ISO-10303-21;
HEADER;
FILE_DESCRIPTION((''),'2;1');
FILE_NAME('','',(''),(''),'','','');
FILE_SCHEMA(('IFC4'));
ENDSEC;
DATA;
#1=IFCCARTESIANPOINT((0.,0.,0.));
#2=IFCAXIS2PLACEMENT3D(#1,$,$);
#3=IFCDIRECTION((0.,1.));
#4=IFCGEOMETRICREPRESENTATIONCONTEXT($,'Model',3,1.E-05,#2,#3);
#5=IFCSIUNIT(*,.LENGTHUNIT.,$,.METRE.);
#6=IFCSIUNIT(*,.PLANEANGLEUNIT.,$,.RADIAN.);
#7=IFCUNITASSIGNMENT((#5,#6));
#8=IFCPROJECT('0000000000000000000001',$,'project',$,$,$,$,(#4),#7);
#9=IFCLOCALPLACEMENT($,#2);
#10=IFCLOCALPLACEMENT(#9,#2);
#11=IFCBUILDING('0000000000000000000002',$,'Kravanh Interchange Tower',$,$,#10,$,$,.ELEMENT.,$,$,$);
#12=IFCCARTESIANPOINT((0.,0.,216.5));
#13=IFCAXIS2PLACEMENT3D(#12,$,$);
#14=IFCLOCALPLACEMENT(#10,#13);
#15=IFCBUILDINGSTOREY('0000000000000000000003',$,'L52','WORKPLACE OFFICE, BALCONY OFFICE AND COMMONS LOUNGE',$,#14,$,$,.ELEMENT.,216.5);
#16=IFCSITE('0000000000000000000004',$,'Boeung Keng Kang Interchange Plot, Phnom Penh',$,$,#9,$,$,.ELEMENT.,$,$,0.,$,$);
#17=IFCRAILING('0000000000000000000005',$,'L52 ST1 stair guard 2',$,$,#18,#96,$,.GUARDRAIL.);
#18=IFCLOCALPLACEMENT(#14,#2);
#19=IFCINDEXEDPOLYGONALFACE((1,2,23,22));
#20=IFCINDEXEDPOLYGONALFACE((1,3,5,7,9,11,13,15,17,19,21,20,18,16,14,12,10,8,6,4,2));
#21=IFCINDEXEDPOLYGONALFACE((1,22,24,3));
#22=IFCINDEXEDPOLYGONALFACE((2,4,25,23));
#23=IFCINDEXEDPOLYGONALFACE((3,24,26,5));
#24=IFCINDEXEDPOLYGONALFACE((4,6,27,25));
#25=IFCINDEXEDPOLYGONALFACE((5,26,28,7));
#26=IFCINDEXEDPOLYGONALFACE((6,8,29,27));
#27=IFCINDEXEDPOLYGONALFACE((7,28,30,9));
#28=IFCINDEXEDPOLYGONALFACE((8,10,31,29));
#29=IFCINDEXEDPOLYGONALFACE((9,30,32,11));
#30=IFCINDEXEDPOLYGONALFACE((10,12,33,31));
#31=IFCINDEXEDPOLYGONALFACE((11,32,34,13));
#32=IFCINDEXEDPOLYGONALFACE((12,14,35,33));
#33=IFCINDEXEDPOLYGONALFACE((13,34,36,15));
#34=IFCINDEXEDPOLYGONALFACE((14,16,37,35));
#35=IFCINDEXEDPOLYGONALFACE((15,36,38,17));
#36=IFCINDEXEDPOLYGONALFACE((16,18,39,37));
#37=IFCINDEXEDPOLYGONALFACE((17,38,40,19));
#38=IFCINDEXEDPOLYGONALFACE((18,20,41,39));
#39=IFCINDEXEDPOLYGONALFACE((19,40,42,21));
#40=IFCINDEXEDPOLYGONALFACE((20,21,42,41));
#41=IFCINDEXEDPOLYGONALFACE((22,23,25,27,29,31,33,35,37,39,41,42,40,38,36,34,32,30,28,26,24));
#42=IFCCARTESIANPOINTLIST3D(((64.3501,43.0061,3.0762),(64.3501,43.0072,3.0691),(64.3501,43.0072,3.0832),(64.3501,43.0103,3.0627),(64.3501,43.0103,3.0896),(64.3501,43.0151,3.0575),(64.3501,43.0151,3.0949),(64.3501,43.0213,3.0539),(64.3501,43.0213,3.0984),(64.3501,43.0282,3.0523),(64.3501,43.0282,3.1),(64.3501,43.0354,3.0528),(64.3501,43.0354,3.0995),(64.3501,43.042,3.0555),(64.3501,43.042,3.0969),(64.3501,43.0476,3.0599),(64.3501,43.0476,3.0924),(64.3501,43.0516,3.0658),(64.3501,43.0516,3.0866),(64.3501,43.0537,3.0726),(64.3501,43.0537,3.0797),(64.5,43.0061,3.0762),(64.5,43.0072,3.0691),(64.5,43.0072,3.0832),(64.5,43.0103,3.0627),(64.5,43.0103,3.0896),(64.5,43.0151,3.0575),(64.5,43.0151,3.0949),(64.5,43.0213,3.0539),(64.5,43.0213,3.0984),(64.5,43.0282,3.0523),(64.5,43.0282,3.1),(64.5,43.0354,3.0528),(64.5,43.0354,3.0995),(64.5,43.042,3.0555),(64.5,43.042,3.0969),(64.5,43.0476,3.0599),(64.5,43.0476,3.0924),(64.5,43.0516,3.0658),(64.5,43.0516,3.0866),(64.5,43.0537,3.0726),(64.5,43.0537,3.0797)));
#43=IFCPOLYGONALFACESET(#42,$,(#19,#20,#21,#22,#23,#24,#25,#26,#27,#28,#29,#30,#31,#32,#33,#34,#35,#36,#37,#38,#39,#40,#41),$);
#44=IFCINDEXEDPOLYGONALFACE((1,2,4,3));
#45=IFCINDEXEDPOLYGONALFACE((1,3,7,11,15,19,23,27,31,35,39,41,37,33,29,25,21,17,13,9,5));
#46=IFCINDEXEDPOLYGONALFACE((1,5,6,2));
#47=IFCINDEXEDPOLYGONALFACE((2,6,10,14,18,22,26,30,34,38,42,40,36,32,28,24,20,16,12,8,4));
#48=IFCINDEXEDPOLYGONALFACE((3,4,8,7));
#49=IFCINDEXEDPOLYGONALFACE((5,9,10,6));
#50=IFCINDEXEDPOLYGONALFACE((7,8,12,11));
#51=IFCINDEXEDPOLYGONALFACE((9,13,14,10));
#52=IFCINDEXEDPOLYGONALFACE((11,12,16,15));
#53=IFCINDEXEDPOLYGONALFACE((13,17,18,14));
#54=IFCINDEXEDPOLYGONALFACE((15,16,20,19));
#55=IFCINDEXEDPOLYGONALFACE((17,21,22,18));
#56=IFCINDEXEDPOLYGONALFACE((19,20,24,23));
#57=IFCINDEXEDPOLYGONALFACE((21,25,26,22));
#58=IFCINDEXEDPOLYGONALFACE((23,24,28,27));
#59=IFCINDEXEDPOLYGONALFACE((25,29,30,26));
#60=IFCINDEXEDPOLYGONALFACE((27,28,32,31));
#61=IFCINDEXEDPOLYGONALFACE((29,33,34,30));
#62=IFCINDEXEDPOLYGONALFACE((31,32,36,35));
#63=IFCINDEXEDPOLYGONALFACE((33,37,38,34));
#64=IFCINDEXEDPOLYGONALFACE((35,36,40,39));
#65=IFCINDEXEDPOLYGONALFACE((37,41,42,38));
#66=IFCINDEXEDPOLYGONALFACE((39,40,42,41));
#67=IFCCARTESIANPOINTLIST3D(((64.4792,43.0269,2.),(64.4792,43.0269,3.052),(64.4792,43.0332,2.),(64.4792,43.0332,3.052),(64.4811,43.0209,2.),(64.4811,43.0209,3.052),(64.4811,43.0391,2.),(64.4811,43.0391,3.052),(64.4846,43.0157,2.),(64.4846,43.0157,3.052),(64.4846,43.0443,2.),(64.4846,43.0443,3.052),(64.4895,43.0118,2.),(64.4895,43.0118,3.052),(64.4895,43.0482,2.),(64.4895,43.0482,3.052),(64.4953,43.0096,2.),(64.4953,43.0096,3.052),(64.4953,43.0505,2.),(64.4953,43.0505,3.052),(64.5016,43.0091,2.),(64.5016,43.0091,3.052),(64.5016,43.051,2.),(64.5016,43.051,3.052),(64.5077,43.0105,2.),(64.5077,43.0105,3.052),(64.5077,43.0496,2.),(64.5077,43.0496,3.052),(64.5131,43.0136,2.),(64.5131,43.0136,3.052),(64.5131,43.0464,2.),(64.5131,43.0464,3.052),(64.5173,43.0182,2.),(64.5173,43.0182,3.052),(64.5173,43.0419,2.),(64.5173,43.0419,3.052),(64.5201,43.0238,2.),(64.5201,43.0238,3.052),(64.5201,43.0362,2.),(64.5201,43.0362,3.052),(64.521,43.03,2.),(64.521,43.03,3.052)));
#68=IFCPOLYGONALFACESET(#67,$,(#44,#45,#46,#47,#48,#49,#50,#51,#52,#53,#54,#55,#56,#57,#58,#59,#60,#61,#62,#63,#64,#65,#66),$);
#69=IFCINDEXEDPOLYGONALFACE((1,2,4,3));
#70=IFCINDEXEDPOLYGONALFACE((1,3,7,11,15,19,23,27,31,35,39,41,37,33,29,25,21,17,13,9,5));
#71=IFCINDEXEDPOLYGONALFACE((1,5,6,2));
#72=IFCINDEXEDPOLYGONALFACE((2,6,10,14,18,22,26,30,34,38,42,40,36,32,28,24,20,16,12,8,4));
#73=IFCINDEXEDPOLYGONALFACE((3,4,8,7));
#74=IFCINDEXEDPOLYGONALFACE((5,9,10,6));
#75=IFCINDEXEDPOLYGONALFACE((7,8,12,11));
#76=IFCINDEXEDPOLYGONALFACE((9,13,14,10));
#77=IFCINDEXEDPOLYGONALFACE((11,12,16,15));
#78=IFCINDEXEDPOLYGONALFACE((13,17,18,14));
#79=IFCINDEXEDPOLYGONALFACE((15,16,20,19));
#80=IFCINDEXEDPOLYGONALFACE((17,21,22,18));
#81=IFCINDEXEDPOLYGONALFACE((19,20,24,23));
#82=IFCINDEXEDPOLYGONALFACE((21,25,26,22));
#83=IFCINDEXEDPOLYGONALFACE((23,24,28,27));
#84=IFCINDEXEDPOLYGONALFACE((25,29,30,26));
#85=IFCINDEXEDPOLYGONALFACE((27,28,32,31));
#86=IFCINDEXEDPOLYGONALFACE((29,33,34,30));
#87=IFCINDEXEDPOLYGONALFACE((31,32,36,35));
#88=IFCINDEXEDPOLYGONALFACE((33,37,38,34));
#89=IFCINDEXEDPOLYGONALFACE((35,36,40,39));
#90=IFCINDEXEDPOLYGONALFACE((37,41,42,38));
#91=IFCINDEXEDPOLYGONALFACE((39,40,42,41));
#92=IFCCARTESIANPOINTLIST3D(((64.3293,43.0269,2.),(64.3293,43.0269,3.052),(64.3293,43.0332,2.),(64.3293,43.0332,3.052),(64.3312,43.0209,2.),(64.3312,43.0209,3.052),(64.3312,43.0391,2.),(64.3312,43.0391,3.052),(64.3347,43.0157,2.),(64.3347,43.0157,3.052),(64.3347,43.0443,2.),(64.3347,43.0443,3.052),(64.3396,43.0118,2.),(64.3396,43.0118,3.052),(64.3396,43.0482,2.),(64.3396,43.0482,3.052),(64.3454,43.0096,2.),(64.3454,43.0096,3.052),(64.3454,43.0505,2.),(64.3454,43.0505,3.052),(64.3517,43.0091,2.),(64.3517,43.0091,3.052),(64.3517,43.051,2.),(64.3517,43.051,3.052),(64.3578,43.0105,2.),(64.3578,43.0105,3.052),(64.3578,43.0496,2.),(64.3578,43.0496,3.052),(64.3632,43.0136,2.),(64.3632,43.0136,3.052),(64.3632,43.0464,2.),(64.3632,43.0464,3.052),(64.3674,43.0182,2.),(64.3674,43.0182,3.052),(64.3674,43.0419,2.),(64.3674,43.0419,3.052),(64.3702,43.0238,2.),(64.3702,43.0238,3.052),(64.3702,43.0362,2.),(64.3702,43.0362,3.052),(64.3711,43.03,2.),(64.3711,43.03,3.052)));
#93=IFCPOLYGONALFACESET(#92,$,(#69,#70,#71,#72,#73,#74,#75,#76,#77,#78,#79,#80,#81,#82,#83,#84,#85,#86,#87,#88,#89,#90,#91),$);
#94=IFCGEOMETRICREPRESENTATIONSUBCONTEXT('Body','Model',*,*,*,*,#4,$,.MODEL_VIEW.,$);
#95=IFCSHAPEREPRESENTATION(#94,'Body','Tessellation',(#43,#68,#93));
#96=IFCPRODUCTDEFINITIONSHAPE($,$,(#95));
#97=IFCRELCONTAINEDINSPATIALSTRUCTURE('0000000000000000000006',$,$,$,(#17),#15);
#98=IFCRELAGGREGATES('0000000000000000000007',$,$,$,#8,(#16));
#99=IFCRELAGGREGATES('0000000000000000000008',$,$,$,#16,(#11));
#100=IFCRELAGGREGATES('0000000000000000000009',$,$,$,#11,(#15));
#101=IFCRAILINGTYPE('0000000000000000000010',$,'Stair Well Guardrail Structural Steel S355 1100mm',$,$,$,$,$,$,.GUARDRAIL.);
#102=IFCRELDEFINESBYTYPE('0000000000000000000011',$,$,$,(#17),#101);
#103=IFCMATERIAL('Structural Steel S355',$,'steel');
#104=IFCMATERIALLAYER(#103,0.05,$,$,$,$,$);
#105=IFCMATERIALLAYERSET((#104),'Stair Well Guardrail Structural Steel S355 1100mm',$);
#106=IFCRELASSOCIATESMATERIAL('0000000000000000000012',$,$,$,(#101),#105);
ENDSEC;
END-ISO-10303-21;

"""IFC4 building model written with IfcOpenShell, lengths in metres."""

from ifc_helpers import new_model, si_unit, direction, frame, origin, origin_2d, place, context, subcontext, project, spatial, circle, extrude, material, layer, layer_set, type_object, element, save


model = new_model("IFC4")

# Units and contexts
model_context = context("Model", 3, precision=1e-05, world=origin(), true_north=direction((0.0, 1.0)))
body_context = subcontext(model_context, "Body", "Model", "MODEL_VIEW")
ifc_project = project(units=[si_unit("LENGTHUNIT", "METRE"), si_unit("PLANEANGLEUNIT", "RADIAN")], contexts=[model_context])

# Site, building, storey
site_placement = place(None, origin())
site = spatial("IfcSite", under=ifc_project, at=site_placement, Name="Boeung Keng Kang Interchange Plot, Phnom Penh", CompositionType="ELEMENT", RefElevation=0.0)
building_placement = place(site_placement, origin())
building = spatial("IfcBuilding", under=site, at=building_placement, Name="Kravanh Interchange Tower", CompositionType="ELEMENT")
storey_placement = place(building_placement, frame((0.0, 0.0, 216.5)))
storey = spatial("IfcBuildingStorey", under=building, at=storey_placement, Name="L52", Description="WORKPLACE OFFICE, BALCONY OFFICE AND COMMONS LOUNGE", CompositionType="ELEMENT", Elevation=216.5)

# Railing
ifc_material_1 = material(Name="Structural Steel S355", Category="steel")
ifc_layer_1 = layer(ifc_material_1, 0.05)
ifc_layer_set_1 = layer_set([ifc_layer_1], Name="Stair Well Guardrail Structural Steel S355 1100mm")
railing_type_1 = type_object("IfcRailingType", Name="Stair Well Guardrail Structural Steel S355 1100mm", PredefinedType="GUARDRAIL", material=ifc_layer_set_1)
railing_1_placement = place(storey_placement, frame((64.5, 43.03, 2.0)))
element("IfcRailing", 1, at=railing_1_placement, inside=storey, type_object=railing_type_1, Name="L52 ST1 stair guard 2", PredefinedType="GUARDRAIL", context=body_context, shape_type="SweptSolid", body=[
    extrude(circle(Radius=0.0239, at=origin_2d()), frame((0.0, 0.0, 1.0762), z_axis=(-1.0, 0.0, 0.0), x_axis=(0.0, -1.0, 0.0)), (0.0, 0.0, 1.0), 0.1499),
    extrude(circle(Radius=0.021, at=origin_2d()), origin(), (0.0, 0.0, 1.0), 1.052),
    extrude(circle(Radius=0.021, at=origin_2d()), frame((-0.1499, 0.0, 0.0)), (0.0, 0.0, 1.0), 1.052),
])

save(model, "model.ifc")
